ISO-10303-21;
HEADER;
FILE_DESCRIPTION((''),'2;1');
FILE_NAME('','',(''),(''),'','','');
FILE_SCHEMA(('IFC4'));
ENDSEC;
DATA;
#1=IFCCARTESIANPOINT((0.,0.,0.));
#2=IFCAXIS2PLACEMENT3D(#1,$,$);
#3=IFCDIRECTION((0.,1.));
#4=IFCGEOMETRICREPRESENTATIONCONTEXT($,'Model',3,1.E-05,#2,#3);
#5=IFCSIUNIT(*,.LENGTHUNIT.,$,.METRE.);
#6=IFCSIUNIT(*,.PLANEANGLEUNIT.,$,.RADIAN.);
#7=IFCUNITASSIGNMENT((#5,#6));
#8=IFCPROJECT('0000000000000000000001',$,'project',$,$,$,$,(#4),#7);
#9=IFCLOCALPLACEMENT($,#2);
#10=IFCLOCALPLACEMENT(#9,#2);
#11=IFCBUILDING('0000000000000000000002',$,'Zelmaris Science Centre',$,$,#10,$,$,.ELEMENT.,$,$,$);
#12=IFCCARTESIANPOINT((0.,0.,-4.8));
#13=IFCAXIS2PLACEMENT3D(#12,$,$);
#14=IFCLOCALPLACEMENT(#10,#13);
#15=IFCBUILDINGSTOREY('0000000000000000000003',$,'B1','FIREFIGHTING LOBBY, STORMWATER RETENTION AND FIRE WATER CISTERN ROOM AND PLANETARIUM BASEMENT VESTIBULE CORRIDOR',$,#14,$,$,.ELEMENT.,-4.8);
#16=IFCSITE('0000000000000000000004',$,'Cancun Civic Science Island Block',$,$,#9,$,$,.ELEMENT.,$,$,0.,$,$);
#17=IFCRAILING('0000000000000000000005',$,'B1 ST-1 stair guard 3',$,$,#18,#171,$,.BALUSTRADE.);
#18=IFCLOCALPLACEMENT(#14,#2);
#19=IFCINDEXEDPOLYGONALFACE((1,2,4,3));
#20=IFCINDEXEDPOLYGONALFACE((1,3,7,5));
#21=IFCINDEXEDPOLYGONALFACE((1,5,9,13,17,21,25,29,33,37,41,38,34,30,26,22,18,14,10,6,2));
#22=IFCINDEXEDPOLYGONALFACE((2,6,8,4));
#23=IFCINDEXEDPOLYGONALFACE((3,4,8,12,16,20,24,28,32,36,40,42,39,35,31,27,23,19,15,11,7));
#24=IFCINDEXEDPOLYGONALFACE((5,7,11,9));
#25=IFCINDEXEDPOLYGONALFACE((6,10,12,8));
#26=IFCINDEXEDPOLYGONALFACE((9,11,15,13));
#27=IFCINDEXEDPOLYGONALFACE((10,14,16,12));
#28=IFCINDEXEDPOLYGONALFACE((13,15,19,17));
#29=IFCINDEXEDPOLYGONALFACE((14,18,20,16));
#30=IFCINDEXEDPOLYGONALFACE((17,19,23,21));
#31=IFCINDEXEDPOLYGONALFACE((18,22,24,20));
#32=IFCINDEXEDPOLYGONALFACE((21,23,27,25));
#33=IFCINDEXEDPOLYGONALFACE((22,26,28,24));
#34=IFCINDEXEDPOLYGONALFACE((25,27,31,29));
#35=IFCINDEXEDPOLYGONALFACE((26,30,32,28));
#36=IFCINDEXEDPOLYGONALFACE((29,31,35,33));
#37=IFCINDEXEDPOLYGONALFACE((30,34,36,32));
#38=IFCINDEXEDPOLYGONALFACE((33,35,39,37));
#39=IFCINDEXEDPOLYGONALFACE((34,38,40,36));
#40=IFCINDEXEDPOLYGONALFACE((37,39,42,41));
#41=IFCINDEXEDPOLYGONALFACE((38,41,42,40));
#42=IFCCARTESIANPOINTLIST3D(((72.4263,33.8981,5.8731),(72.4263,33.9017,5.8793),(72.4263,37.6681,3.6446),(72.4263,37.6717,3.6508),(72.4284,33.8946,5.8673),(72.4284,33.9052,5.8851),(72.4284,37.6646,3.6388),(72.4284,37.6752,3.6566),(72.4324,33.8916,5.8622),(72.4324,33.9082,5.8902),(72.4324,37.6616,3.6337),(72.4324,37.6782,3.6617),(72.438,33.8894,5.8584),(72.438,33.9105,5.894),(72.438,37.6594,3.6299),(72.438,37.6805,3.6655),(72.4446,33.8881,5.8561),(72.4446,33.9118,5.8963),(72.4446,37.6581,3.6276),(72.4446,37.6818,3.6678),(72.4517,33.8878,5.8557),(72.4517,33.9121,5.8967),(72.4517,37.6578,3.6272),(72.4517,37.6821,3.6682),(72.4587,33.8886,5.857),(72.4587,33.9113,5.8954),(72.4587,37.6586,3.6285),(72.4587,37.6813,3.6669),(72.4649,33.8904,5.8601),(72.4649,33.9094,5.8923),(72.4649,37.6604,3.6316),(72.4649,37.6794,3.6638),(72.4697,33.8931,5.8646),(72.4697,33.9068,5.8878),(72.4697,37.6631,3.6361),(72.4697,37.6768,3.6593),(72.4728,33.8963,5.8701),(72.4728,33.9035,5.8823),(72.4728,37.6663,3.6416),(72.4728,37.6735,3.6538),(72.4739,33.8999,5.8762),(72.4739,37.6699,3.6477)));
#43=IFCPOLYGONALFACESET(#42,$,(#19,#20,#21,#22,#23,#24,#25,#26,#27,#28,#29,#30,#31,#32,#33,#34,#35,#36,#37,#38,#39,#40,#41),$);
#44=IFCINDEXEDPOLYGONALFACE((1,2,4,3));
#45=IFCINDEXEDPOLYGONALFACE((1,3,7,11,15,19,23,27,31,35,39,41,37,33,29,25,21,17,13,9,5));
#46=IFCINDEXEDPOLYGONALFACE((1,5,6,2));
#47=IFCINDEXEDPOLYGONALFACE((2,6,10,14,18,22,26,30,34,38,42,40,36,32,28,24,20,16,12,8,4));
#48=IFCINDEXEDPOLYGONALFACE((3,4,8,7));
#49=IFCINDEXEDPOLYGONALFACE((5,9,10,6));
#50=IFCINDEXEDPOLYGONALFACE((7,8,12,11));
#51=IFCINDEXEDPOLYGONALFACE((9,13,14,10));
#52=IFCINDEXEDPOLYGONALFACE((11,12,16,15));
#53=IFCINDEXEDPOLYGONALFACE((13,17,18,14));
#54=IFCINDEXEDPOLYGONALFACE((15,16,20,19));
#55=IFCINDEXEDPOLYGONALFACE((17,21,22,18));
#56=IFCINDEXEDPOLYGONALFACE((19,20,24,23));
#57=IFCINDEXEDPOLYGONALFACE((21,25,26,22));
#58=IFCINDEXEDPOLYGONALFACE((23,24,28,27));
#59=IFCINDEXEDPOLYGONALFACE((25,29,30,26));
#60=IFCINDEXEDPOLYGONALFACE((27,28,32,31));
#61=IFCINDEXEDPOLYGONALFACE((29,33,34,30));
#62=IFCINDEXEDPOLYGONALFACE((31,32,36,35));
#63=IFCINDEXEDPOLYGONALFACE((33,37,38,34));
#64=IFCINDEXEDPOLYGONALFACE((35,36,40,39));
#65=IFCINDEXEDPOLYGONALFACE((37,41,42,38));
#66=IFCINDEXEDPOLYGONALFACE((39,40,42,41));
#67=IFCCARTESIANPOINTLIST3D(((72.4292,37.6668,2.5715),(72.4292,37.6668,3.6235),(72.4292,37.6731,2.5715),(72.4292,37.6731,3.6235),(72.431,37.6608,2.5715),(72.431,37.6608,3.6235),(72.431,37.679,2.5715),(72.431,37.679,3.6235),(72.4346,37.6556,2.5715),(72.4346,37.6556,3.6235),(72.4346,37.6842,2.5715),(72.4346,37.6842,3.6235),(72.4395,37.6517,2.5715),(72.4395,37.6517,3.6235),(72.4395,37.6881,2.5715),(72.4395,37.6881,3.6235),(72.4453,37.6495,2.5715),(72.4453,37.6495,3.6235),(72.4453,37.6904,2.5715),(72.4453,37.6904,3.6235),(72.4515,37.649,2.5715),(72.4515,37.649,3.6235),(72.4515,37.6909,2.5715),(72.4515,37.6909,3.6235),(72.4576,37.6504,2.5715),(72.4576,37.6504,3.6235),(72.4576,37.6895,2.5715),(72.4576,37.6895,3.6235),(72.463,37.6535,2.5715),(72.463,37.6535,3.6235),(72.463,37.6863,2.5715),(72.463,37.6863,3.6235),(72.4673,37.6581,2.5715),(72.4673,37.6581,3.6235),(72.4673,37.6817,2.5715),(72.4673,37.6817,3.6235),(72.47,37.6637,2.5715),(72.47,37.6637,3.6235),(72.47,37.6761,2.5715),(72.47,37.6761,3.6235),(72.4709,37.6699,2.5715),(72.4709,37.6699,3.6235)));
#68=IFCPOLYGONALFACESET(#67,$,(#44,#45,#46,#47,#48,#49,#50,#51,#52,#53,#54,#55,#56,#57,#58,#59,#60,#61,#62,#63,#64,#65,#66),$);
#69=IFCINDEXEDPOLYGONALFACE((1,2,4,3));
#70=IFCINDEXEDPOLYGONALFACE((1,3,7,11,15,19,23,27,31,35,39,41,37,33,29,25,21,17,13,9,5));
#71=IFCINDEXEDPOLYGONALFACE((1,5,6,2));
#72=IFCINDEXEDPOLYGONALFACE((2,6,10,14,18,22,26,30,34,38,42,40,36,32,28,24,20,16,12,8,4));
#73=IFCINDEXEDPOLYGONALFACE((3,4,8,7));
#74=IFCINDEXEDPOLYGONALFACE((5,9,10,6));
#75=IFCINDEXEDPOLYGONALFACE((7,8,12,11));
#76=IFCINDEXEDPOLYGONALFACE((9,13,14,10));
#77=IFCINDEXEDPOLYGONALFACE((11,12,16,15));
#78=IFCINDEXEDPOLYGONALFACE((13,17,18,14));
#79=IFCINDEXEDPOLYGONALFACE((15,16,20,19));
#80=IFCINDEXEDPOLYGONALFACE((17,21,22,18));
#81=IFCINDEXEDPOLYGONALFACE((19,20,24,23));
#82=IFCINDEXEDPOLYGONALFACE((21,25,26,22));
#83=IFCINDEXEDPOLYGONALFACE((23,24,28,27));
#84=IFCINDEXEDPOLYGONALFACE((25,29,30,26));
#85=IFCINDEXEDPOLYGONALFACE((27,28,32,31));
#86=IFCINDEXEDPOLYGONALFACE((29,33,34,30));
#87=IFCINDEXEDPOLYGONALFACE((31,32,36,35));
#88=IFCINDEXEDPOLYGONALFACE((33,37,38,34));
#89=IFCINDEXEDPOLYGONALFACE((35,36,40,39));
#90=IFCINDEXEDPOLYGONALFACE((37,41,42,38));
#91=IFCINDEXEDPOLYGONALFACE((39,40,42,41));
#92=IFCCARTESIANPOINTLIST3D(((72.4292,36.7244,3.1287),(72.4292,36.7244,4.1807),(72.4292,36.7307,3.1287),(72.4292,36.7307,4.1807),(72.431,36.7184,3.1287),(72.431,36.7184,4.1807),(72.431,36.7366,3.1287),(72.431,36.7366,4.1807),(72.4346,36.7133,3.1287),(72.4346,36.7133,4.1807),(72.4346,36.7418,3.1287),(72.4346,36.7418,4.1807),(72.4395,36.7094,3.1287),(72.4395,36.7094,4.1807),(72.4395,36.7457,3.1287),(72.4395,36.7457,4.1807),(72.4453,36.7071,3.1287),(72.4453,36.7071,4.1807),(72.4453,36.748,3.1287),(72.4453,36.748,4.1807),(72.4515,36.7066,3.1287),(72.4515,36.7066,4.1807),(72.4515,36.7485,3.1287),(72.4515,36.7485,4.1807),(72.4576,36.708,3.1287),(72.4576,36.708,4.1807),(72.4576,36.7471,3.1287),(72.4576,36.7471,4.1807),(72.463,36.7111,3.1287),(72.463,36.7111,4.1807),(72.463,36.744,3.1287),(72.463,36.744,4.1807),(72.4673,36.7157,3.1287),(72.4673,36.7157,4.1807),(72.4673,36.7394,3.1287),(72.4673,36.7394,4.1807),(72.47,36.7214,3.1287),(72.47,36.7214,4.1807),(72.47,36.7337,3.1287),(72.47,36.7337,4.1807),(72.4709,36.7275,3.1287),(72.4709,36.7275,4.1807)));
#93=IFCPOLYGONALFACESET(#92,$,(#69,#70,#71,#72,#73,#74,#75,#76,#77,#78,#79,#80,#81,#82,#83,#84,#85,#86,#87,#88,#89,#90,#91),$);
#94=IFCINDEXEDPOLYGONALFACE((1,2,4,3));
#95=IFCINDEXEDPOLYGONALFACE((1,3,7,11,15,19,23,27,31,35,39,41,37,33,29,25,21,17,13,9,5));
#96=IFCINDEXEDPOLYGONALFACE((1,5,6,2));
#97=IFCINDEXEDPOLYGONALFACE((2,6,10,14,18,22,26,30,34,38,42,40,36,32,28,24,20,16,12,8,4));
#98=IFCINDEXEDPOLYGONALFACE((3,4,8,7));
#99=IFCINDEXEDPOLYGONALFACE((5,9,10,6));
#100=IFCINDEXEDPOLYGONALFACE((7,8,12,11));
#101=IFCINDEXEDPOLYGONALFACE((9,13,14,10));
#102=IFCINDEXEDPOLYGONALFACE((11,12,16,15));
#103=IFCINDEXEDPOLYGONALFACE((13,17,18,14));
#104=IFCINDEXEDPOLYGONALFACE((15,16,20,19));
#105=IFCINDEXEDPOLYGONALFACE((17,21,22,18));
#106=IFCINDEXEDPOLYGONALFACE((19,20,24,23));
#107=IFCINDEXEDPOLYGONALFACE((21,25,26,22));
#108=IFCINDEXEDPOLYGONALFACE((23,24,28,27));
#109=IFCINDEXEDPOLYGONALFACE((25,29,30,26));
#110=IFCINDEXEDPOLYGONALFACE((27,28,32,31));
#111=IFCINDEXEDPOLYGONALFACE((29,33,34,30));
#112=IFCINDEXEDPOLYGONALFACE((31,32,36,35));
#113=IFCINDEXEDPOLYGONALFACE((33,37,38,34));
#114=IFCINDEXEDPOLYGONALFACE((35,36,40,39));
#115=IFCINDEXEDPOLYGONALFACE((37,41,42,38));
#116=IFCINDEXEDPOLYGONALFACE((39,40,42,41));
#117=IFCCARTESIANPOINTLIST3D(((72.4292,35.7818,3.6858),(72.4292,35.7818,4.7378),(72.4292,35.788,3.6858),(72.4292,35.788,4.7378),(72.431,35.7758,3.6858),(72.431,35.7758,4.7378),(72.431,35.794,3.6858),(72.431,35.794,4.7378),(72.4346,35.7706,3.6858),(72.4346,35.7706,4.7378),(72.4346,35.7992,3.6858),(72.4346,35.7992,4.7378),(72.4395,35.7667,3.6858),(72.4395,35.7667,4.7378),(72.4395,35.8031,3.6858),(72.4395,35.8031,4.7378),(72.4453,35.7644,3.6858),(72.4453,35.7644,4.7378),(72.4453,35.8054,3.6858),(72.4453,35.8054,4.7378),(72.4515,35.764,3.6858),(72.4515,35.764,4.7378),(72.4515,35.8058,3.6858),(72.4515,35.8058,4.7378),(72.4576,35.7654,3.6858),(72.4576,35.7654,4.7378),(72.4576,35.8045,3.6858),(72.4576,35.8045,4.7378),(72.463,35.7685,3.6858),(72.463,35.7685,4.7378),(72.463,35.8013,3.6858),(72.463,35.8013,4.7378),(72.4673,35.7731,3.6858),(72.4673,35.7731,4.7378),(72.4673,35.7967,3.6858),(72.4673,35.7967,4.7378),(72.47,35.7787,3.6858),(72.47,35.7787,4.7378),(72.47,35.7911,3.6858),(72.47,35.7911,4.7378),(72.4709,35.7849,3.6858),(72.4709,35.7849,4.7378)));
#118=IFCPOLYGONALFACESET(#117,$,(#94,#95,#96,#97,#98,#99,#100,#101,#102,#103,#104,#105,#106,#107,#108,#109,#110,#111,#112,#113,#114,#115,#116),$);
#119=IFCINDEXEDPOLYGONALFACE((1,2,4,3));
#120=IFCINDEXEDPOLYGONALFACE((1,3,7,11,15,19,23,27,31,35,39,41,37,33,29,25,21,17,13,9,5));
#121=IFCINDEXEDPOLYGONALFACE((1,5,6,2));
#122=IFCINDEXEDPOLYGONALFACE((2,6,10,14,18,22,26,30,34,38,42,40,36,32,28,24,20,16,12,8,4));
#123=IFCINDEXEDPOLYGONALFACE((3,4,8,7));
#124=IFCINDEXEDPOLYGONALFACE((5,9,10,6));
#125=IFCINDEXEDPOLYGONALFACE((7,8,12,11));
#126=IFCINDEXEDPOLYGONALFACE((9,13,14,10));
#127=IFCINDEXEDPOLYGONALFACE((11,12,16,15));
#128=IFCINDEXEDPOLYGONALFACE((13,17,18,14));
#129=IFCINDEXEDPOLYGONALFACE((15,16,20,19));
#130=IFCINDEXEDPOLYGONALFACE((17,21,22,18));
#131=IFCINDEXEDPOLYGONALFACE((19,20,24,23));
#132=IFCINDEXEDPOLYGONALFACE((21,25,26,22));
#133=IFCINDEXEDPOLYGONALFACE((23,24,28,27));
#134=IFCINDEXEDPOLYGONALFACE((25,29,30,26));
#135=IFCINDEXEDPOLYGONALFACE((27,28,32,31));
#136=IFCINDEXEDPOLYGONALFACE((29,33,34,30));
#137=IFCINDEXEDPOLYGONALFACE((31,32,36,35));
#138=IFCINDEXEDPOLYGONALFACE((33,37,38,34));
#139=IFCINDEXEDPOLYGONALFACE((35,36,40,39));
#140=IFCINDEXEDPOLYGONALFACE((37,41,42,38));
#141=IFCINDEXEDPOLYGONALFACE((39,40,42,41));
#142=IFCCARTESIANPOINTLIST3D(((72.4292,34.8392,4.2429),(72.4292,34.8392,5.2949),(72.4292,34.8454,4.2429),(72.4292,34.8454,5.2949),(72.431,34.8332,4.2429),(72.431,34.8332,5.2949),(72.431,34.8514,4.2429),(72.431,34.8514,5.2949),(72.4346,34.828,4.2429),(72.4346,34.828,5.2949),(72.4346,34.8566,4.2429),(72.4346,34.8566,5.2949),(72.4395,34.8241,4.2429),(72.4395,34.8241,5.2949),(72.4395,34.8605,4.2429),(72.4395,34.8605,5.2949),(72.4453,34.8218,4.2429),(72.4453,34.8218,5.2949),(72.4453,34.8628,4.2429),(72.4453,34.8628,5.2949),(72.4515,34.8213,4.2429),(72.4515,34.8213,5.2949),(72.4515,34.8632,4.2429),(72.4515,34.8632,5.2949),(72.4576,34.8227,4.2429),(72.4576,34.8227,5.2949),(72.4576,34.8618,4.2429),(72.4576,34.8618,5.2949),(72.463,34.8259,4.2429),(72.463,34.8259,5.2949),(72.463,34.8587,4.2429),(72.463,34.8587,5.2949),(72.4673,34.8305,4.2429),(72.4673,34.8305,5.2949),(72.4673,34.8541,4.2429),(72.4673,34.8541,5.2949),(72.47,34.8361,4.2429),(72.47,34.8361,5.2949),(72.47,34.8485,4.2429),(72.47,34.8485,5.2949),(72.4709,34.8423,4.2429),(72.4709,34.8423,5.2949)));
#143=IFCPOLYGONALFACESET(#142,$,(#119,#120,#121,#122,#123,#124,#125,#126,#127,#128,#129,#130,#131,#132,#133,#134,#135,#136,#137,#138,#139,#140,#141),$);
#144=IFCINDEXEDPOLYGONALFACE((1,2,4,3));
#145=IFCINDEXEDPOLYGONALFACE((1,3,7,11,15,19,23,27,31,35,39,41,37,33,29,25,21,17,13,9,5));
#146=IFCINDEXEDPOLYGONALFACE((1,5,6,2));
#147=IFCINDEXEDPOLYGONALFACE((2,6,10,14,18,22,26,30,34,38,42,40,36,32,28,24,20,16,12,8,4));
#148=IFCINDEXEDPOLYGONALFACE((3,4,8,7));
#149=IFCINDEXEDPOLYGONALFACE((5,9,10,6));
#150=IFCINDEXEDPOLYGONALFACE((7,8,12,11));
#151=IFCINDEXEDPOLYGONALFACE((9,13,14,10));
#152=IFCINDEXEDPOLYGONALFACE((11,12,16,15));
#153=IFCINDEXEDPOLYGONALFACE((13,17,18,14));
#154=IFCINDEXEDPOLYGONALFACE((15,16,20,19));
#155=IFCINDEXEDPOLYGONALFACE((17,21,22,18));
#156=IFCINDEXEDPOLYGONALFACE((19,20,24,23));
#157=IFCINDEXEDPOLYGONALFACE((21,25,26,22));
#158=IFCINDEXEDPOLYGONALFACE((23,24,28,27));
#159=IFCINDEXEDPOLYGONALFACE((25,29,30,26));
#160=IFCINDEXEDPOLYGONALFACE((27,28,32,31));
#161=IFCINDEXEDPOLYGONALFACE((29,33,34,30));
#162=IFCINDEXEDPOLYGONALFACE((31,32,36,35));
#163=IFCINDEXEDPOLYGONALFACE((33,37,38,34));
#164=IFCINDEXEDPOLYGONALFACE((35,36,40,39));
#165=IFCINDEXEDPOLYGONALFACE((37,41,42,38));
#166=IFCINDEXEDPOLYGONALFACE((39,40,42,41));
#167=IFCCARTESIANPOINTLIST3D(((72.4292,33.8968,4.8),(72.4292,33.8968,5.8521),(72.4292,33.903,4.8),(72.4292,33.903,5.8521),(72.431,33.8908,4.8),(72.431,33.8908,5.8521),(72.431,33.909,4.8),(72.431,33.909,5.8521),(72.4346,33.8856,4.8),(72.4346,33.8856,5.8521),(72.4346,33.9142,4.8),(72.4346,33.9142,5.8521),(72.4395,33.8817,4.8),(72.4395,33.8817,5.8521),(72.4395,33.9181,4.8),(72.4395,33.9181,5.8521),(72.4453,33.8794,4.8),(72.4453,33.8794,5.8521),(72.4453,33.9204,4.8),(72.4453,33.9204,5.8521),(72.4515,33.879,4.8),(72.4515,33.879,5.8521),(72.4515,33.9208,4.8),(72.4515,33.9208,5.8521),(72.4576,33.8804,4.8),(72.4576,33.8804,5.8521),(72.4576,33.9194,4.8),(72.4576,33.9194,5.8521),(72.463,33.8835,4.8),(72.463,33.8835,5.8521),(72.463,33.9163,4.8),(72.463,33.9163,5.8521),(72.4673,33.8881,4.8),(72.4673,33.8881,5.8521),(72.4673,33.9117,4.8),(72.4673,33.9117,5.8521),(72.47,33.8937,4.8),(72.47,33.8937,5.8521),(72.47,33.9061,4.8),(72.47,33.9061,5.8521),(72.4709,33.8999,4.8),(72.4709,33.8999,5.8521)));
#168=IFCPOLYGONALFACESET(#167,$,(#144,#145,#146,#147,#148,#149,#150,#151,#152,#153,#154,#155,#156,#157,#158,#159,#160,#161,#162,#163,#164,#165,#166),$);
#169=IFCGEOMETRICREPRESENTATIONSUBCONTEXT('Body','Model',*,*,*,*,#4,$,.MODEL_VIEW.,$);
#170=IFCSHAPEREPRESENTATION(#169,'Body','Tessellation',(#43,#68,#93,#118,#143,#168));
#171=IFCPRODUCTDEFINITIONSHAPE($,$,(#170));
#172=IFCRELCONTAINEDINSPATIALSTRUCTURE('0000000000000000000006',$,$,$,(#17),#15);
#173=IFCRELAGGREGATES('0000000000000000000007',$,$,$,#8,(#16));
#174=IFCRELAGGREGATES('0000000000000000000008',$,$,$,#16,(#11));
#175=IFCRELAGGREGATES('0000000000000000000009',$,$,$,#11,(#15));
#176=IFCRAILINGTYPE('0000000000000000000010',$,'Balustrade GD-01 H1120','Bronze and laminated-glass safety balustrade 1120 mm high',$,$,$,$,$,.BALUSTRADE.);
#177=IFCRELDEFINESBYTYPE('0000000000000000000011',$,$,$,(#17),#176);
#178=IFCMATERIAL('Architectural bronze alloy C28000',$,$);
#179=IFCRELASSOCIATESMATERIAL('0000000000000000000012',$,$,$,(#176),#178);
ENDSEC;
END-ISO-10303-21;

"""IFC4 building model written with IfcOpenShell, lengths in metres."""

from ifc_helpers import new_model, si_unit, direction, frame, origin, origin_2d, place, context, subcontext, project, spatial, circle, extrude, material, type_object, element, save


model = new_model("IFC4")

# Units and contexts
model_context = context("Model", 3, precision=1e-05, world=origin(), true_north=direction((0.0, 1.0)))
body_context = subcontext(model_context, "Body", "Model", "MODEL_VIEW")
ifc_project = project(units=[si_unit("LENGTHUNIT", "METRE"), si_unit("PLANEANGLEUNIT", "RADIAN")], contexts=[model_context])

# Site, building, storey
site_placement = place(None, origin())
site = spatial("IfcSite", under=ifc_project, at=site_placement, Name="Cancun Civic Science Island Block", CompositionType="ELEMENT", RefElevation=0.0)
building_placement = place(site_placement, origin())
building = spatial("IfcBuilding", under=site, at=building_placement, Name="Zelmaris Science Centre", CompositionType="ELEMENT")
storey_placement = place(building_placement, frame((0.0, 0.0, -4.8)))
storey = spatial("IfcBuildingStorey", under=building, at=storey_placement, Name="B1", Description="FIREFIGHTING LOBBY, STORMWATER RETENTION AND FIRE WATER CISTERN ROOM AND PLANETARIUM BASEMENT VESTIBULE CORRIDOR", CompositionType="ELEMENT", Elevation=-4.8)

# Railing
ifc_material_1 = material(Name="Architectural bronze alloy C28000")
railing_type_1 = type_object("IfcRailingType", Name="Balustrade GD-01 H1120", Description="Bronze and laminated-glass safety balustrade 1120 mm high", PredefinedType="BALUSTRADE", material=ifc_material_1)
railing_1_placement = place(storey_placement, frame((72.45, 37.6699, 2.5715)))
element("IfcRailing", 1, at=railing_1_placement, inside=storey, type_object=railing_type_1, Name="B1 ST-1 stair guard 3", PredefinedType="BALUSTRADE", context=body_context, shape_type="SweptSolid", body=[
    extrude(circle(Radius=0.0239, at=origin_2d()), frame((0.0, 0.0, 1.0762), z_axis=(0.0, -0.860849, 0.508861), x_axis=(1.0, 0.0, 0.0)), (0.0, 0.0, 1.0), 4.3794),
    extrude(circle(Radius=0.021, at=origin_2d()), origin(), (0.0, 0.0, 1.0), 1.052),
    extrude(circle(Radius=0.021, at=origin_2d()), frame((0.0, -0.9424, 0.5571)), (0.0, 0.0, 1.0), 1.052),
    extrude(circle(Radius=0.021, at=origin_2d()), frame((0.0, -1.885, 1.1143)), (0.0, 0.0, 1.0), 1.052),
    extrude(circle(Radius=0.021, at=origin_2d()), frame((0.0, -2.8276, 1.6714)), (0.0, 0.0, 1.0), 1.052),
    extrude(circle(Radius=0.021, at=origin_2d()), frame((0.0, -3.77, 2.2285)), (0.0, 0.0, 1.0), 1.052),
])

save(model, "model.ifc")
